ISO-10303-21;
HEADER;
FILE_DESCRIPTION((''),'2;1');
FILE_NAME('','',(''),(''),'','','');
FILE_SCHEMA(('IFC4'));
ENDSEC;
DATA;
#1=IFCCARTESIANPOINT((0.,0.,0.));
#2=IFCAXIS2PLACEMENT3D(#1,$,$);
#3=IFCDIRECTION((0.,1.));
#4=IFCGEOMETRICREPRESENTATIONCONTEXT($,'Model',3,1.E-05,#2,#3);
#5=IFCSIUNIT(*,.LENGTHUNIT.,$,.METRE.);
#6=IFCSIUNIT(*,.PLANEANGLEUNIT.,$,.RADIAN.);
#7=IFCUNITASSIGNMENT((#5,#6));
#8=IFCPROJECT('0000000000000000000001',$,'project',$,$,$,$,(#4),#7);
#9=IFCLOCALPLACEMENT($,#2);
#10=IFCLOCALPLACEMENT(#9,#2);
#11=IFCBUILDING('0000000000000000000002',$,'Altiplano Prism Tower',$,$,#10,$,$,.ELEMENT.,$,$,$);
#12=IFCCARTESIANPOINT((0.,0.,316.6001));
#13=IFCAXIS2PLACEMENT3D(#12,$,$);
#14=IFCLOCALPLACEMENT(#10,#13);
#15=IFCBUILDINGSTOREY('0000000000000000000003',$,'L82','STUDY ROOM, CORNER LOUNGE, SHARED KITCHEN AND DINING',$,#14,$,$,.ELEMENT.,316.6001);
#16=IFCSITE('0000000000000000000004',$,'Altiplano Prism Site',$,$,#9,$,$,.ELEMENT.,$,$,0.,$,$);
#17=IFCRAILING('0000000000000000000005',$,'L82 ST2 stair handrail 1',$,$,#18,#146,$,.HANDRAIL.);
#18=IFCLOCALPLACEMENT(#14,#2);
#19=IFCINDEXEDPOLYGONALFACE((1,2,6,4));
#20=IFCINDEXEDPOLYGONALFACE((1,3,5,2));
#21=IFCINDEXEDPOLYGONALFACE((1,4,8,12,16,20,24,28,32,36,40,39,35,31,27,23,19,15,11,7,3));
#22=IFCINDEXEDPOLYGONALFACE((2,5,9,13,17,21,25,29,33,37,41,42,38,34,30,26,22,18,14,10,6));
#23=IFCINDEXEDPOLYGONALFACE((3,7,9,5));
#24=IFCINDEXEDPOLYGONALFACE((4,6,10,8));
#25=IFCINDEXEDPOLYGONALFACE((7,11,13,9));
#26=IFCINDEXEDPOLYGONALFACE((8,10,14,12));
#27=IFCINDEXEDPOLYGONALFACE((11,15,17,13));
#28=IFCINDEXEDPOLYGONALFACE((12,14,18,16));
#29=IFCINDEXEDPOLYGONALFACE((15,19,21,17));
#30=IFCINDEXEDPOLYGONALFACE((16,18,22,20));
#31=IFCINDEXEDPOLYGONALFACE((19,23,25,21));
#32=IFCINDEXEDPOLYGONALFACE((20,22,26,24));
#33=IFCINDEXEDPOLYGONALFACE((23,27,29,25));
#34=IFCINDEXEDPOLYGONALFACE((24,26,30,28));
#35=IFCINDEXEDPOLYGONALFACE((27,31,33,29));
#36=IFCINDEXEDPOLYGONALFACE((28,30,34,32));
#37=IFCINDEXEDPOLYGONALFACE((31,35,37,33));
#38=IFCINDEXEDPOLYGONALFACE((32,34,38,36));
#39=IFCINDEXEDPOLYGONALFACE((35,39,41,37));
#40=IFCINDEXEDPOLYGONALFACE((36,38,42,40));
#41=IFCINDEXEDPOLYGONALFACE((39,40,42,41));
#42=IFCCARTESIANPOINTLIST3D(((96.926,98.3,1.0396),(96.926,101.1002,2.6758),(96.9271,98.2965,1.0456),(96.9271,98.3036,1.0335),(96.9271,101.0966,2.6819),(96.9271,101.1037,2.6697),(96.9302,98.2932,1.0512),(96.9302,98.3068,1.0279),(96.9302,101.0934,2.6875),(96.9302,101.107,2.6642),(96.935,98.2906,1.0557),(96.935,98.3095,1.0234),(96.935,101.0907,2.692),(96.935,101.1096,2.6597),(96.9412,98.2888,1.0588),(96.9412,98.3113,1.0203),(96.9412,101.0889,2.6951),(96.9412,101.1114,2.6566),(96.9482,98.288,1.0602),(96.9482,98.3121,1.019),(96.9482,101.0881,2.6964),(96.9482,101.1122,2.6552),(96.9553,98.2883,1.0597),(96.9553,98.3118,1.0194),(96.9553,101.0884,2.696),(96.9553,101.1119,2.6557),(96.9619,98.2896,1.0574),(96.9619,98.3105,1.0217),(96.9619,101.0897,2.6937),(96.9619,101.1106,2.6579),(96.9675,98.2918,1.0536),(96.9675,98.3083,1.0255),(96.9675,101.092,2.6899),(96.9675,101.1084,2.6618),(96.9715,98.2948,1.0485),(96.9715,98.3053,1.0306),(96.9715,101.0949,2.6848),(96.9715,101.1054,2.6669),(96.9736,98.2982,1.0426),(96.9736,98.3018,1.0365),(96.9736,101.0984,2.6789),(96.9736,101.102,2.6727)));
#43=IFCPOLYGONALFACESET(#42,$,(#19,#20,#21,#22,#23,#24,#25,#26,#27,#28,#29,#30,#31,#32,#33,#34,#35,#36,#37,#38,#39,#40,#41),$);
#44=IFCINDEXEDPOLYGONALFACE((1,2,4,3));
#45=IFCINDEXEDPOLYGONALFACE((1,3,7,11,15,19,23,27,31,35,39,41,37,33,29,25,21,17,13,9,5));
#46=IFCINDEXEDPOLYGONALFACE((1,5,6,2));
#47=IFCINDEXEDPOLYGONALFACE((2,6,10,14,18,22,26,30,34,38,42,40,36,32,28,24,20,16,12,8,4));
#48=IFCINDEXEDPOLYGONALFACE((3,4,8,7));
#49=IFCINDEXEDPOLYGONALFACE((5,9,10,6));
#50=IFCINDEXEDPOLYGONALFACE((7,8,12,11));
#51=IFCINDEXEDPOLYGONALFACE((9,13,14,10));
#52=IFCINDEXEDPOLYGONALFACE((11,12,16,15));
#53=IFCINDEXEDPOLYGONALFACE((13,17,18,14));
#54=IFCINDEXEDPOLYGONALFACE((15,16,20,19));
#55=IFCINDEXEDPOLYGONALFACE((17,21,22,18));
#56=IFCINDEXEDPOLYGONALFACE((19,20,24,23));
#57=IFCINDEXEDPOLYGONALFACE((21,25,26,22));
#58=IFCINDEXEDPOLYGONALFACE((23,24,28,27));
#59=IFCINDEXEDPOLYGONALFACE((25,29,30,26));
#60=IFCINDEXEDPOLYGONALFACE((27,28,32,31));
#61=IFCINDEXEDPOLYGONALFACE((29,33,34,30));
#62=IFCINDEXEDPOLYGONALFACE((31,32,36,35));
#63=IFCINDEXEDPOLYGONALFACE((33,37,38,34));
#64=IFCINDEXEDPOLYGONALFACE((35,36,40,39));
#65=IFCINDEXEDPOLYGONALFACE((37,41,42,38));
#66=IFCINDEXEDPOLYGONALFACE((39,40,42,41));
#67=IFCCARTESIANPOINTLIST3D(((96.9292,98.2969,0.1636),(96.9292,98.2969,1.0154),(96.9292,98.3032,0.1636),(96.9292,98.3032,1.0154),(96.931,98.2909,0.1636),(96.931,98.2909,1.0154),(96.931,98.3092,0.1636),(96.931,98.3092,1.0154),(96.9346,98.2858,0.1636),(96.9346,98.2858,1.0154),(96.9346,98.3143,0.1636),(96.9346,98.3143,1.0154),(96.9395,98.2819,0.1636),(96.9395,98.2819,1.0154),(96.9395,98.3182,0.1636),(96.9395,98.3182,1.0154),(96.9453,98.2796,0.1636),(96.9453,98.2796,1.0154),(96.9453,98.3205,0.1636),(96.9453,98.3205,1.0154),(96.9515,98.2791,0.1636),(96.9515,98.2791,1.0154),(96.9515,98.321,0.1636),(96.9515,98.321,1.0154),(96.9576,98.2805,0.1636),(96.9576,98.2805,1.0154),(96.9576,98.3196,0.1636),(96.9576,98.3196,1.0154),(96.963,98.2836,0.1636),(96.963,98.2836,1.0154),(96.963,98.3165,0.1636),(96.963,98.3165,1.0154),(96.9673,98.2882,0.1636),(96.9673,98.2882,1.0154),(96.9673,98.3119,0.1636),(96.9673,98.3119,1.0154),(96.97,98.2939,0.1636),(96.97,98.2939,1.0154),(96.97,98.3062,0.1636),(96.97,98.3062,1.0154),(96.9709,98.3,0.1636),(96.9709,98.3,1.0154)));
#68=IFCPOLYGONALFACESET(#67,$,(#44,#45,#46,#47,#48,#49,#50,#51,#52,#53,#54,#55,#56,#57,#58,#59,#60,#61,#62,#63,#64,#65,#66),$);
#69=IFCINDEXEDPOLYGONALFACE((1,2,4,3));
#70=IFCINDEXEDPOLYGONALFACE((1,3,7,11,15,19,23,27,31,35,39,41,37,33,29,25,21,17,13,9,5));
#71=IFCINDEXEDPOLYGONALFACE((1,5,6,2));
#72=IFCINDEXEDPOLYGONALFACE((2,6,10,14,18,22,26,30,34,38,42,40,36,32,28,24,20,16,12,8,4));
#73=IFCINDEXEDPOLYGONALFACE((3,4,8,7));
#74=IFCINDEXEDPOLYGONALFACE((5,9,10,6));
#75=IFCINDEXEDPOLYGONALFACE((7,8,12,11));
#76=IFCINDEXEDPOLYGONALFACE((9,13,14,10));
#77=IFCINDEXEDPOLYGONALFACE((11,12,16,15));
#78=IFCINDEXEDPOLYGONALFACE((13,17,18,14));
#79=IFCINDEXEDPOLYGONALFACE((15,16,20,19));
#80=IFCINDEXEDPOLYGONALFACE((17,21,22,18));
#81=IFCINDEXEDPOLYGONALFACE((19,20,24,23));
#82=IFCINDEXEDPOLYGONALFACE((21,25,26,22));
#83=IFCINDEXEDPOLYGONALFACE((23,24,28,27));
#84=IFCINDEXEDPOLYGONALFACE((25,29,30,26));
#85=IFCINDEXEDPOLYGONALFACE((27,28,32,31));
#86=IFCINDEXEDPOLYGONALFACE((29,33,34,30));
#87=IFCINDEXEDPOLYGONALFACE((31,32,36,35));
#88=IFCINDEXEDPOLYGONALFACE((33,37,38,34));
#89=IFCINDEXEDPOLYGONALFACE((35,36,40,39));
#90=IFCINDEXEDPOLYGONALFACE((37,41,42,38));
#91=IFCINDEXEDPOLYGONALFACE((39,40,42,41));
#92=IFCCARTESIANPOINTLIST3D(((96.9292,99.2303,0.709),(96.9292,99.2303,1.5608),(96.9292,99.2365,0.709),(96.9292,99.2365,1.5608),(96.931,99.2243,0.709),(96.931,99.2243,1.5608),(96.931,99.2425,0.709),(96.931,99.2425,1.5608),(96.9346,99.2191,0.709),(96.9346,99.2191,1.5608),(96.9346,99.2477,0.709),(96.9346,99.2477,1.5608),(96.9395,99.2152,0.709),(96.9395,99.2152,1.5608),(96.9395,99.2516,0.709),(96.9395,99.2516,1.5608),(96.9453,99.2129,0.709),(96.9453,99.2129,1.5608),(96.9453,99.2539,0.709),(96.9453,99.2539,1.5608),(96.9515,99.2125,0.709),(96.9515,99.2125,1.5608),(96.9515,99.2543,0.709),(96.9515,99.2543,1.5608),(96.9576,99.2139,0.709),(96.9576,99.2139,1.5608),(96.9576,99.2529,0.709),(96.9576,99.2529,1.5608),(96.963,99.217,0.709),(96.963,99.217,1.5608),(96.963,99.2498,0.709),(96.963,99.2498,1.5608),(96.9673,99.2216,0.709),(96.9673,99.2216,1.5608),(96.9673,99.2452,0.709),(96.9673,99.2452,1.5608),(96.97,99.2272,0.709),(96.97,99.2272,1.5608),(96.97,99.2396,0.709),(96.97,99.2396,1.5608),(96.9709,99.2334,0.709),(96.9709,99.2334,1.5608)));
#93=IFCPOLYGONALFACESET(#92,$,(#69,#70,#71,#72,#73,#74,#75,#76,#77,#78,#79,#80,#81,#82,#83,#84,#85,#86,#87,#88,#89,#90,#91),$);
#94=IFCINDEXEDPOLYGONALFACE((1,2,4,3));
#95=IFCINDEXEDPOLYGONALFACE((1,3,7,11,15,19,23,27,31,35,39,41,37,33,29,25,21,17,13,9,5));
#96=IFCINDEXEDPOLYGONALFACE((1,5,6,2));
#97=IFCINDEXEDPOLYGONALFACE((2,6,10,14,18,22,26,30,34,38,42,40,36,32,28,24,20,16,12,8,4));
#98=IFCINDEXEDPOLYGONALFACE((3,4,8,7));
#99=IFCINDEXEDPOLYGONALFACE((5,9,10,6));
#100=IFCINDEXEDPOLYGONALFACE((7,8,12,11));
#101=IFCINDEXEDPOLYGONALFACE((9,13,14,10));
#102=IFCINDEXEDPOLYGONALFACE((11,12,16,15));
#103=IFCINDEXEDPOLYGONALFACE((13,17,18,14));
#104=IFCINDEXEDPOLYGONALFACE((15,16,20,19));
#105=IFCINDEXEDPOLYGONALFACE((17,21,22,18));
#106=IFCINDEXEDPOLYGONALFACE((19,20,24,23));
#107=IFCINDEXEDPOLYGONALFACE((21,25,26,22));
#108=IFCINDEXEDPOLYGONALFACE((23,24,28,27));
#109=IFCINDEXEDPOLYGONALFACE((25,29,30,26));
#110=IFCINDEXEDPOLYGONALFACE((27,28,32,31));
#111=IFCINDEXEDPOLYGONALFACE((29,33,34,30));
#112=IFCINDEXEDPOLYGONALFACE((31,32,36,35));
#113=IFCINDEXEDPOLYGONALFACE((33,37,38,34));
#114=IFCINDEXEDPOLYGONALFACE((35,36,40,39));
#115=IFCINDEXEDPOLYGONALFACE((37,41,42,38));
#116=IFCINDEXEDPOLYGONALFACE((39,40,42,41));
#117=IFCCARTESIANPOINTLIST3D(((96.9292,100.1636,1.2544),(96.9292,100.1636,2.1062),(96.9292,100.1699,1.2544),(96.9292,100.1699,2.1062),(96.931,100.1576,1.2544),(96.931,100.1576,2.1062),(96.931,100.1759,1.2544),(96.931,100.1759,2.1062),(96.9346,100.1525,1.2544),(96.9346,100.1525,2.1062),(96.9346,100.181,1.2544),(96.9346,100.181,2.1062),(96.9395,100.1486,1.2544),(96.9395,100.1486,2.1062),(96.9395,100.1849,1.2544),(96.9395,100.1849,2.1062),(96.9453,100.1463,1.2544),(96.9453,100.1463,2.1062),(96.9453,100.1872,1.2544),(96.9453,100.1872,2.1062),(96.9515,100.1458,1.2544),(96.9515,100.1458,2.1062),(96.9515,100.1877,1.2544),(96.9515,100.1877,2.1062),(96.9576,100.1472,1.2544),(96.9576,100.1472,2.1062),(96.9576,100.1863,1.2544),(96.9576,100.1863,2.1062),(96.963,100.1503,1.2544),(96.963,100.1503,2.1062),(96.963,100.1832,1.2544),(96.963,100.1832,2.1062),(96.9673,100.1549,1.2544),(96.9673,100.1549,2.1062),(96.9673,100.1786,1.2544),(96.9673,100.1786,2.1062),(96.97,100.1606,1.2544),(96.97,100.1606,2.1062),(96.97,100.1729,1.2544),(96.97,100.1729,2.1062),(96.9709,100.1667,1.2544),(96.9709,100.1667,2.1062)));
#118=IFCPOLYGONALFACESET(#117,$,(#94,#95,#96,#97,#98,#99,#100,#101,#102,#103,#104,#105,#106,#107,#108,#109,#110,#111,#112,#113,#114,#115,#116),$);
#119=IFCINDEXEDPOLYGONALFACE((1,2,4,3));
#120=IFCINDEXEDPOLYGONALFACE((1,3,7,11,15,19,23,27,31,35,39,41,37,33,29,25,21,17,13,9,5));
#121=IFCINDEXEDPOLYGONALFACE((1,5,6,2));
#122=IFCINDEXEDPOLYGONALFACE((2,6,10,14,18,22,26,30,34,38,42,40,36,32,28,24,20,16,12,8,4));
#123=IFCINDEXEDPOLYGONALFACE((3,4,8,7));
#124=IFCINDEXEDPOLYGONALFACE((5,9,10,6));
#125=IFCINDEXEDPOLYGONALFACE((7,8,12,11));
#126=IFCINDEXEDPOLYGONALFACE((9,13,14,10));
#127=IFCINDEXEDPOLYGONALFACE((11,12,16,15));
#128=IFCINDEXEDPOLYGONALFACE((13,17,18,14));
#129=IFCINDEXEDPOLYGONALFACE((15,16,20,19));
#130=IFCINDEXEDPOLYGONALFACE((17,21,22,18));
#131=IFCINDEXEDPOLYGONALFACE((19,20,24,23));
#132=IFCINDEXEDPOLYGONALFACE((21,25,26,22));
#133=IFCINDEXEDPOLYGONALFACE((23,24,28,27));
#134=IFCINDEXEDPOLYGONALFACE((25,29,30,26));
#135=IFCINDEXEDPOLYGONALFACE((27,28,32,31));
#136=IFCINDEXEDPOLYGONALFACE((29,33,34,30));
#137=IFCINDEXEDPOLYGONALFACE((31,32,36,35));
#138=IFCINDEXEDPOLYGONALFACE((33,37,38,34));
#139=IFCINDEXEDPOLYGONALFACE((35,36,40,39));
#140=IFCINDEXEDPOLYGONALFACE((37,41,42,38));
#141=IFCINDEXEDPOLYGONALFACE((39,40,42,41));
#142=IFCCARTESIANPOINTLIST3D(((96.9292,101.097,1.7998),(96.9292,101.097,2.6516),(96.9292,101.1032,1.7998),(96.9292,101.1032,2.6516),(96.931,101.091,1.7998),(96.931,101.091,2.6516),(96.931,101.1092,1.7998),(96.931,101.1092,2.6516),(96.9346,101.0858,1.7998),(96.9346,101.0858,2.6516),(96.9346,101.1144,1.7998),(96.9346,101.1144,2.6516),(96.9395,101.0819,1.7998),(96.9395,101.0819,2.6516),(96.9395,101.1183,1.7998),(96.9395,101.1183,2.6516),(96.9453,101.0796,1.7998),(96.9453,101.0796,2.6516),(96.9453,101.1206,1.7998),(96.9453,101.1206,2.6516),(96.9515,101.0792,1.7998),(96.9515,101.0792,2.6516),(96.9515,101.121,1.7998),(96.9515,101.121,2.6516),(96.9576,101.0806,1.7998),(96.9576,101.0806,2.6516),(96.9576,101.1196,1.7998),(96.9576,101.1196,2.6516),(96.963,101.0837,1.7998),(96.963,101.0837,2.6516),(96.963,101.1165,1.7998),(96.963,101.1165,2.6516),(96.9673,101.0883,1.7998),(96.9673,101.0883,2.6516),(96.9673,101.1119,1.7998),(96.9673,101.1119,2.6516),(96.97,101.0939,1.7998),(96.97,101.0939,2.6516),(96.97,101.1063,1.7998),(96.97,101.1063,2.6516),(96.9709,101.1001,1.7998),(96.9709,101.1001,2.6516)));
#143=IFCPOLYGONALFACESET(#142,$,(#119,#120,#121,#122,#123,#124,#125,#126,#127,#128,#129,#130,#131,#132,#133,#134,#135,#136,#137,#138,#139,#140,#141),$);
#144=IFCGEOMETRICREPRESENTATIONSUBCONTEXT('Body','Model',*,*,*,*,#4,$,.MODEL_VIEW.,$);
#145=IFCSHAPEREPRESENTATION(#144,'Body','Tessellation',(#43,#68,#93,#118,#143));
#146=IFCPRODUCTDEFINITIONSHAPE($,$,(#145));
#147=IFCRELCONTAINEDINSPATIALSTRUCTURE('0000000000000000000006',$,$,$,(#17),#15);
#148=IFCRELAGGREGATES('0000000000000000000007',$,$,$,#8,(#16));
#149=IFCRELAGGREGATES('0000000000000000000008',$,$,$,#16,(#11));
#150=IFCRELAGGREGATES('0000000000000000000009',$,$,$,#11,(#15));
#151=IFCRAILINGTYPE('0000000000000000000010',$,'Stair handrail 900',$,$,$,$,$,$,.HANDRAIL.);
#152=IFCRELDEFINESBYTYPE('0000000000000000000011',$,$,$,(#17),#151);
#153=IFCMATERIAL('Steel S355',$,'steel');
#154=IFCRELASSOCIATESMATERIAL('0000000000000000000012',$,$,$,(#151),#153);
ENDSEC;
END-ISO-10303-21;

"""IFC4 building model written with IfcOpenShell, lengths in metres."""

from ifc_helpers import new_model, si_unit, direction, frame, origin, origin_2d, place, context, subcontext, project, spatial, circle, extrude, material, type_object, element, save


model = new_model("IFC4")

# Units and contexts
model_context = context("Model", 3, precision=1e-05, world=origin(), true_north=direction((0.0, 1.0)))
body_context = subcontext(model_context, "Body", "Model", "MODEL_VIEW")
ifc_project = project(units=[si_unit("LENGTHUNIT", "METRE"), si_unit("PLANEANGLEUNIT", "RADIAN")], contexts=[model_context])

# Site, building, storey
site_placement = place(None, origin())
site = spatial("IfcSite", under=ifc_project, at=site_placement, Name="Altiplano Prism Site", CompositionType="ELEMENT", RefElevation=0.0)
building_placement = place(site_placement, origin())
building = spatial("IfcBuilding", under=site, at=building_placement, Name="Altiplano Prism Tower", CompositionType="ELEMENT")
storey_placement = place(building_placement, frame((0.0, 0.0, 316.6001)))
storey = spatial("IfcBuildingStorey", under=building, at=storey_placement, Name="L82", Description="STUDY ROOM, CORNER LOUNGE, SHARED KITCHEN AND DINING", CompositionType="ELEMENT", Elevation=316.6001)

# Railing
ifc_material_1 = material(Name="Steel S355", Category="steel")
railing_type_1 = type_object("IfcRailingType", Name="Stair handrail 900", PredefinedType="HANDRAIL", material=ifc_material_1)
railing_1_placement = place(storey_placement, frame((96.95, 98.3, 0.1636)))
element("IfcRailing", 1, at=railing_1_placement, inside=storey, type_object=railing_type_1, Name="L82 ST2 stair handrail 1", PredefinedType="HANDRAIL", context=body_context, shape_type="SweptSolid", body=[
    extrude(circle(Radius=0.0239, at=origin_2d()), frame((0.0, 0.0, 0.876), z_axis=(0.0, 0.863394, 0.504531), x_axis=(-1.0, 0.0, 0.0)), (0.0, 0.0, 1.0), 3.2432),
    extrude(circle(Radius=0.021, at=origin_2d()), origin(), (0.0, 0.0, 1.0), 0.8518),
    extrude(circle(Radius=0.021, at=origin_2d()), frame((0.0, 0.9333, 0.5454)), (0.0, 0.0, 1.0), 0.8518),
    extrude(circle(Radius=0.021, at=origin_2d()), frame((0.0, 1.8667, 1.0908)), (0.0, 0.0, 1.0), 0.8518),
    extrude(circle(Radius=0.021, at=origin_2d()), frame((0.0, 2.8, 1.6362)), (0.0, 0.0, 1.0), 0.8518),
])

save(model, "model.ifc")
